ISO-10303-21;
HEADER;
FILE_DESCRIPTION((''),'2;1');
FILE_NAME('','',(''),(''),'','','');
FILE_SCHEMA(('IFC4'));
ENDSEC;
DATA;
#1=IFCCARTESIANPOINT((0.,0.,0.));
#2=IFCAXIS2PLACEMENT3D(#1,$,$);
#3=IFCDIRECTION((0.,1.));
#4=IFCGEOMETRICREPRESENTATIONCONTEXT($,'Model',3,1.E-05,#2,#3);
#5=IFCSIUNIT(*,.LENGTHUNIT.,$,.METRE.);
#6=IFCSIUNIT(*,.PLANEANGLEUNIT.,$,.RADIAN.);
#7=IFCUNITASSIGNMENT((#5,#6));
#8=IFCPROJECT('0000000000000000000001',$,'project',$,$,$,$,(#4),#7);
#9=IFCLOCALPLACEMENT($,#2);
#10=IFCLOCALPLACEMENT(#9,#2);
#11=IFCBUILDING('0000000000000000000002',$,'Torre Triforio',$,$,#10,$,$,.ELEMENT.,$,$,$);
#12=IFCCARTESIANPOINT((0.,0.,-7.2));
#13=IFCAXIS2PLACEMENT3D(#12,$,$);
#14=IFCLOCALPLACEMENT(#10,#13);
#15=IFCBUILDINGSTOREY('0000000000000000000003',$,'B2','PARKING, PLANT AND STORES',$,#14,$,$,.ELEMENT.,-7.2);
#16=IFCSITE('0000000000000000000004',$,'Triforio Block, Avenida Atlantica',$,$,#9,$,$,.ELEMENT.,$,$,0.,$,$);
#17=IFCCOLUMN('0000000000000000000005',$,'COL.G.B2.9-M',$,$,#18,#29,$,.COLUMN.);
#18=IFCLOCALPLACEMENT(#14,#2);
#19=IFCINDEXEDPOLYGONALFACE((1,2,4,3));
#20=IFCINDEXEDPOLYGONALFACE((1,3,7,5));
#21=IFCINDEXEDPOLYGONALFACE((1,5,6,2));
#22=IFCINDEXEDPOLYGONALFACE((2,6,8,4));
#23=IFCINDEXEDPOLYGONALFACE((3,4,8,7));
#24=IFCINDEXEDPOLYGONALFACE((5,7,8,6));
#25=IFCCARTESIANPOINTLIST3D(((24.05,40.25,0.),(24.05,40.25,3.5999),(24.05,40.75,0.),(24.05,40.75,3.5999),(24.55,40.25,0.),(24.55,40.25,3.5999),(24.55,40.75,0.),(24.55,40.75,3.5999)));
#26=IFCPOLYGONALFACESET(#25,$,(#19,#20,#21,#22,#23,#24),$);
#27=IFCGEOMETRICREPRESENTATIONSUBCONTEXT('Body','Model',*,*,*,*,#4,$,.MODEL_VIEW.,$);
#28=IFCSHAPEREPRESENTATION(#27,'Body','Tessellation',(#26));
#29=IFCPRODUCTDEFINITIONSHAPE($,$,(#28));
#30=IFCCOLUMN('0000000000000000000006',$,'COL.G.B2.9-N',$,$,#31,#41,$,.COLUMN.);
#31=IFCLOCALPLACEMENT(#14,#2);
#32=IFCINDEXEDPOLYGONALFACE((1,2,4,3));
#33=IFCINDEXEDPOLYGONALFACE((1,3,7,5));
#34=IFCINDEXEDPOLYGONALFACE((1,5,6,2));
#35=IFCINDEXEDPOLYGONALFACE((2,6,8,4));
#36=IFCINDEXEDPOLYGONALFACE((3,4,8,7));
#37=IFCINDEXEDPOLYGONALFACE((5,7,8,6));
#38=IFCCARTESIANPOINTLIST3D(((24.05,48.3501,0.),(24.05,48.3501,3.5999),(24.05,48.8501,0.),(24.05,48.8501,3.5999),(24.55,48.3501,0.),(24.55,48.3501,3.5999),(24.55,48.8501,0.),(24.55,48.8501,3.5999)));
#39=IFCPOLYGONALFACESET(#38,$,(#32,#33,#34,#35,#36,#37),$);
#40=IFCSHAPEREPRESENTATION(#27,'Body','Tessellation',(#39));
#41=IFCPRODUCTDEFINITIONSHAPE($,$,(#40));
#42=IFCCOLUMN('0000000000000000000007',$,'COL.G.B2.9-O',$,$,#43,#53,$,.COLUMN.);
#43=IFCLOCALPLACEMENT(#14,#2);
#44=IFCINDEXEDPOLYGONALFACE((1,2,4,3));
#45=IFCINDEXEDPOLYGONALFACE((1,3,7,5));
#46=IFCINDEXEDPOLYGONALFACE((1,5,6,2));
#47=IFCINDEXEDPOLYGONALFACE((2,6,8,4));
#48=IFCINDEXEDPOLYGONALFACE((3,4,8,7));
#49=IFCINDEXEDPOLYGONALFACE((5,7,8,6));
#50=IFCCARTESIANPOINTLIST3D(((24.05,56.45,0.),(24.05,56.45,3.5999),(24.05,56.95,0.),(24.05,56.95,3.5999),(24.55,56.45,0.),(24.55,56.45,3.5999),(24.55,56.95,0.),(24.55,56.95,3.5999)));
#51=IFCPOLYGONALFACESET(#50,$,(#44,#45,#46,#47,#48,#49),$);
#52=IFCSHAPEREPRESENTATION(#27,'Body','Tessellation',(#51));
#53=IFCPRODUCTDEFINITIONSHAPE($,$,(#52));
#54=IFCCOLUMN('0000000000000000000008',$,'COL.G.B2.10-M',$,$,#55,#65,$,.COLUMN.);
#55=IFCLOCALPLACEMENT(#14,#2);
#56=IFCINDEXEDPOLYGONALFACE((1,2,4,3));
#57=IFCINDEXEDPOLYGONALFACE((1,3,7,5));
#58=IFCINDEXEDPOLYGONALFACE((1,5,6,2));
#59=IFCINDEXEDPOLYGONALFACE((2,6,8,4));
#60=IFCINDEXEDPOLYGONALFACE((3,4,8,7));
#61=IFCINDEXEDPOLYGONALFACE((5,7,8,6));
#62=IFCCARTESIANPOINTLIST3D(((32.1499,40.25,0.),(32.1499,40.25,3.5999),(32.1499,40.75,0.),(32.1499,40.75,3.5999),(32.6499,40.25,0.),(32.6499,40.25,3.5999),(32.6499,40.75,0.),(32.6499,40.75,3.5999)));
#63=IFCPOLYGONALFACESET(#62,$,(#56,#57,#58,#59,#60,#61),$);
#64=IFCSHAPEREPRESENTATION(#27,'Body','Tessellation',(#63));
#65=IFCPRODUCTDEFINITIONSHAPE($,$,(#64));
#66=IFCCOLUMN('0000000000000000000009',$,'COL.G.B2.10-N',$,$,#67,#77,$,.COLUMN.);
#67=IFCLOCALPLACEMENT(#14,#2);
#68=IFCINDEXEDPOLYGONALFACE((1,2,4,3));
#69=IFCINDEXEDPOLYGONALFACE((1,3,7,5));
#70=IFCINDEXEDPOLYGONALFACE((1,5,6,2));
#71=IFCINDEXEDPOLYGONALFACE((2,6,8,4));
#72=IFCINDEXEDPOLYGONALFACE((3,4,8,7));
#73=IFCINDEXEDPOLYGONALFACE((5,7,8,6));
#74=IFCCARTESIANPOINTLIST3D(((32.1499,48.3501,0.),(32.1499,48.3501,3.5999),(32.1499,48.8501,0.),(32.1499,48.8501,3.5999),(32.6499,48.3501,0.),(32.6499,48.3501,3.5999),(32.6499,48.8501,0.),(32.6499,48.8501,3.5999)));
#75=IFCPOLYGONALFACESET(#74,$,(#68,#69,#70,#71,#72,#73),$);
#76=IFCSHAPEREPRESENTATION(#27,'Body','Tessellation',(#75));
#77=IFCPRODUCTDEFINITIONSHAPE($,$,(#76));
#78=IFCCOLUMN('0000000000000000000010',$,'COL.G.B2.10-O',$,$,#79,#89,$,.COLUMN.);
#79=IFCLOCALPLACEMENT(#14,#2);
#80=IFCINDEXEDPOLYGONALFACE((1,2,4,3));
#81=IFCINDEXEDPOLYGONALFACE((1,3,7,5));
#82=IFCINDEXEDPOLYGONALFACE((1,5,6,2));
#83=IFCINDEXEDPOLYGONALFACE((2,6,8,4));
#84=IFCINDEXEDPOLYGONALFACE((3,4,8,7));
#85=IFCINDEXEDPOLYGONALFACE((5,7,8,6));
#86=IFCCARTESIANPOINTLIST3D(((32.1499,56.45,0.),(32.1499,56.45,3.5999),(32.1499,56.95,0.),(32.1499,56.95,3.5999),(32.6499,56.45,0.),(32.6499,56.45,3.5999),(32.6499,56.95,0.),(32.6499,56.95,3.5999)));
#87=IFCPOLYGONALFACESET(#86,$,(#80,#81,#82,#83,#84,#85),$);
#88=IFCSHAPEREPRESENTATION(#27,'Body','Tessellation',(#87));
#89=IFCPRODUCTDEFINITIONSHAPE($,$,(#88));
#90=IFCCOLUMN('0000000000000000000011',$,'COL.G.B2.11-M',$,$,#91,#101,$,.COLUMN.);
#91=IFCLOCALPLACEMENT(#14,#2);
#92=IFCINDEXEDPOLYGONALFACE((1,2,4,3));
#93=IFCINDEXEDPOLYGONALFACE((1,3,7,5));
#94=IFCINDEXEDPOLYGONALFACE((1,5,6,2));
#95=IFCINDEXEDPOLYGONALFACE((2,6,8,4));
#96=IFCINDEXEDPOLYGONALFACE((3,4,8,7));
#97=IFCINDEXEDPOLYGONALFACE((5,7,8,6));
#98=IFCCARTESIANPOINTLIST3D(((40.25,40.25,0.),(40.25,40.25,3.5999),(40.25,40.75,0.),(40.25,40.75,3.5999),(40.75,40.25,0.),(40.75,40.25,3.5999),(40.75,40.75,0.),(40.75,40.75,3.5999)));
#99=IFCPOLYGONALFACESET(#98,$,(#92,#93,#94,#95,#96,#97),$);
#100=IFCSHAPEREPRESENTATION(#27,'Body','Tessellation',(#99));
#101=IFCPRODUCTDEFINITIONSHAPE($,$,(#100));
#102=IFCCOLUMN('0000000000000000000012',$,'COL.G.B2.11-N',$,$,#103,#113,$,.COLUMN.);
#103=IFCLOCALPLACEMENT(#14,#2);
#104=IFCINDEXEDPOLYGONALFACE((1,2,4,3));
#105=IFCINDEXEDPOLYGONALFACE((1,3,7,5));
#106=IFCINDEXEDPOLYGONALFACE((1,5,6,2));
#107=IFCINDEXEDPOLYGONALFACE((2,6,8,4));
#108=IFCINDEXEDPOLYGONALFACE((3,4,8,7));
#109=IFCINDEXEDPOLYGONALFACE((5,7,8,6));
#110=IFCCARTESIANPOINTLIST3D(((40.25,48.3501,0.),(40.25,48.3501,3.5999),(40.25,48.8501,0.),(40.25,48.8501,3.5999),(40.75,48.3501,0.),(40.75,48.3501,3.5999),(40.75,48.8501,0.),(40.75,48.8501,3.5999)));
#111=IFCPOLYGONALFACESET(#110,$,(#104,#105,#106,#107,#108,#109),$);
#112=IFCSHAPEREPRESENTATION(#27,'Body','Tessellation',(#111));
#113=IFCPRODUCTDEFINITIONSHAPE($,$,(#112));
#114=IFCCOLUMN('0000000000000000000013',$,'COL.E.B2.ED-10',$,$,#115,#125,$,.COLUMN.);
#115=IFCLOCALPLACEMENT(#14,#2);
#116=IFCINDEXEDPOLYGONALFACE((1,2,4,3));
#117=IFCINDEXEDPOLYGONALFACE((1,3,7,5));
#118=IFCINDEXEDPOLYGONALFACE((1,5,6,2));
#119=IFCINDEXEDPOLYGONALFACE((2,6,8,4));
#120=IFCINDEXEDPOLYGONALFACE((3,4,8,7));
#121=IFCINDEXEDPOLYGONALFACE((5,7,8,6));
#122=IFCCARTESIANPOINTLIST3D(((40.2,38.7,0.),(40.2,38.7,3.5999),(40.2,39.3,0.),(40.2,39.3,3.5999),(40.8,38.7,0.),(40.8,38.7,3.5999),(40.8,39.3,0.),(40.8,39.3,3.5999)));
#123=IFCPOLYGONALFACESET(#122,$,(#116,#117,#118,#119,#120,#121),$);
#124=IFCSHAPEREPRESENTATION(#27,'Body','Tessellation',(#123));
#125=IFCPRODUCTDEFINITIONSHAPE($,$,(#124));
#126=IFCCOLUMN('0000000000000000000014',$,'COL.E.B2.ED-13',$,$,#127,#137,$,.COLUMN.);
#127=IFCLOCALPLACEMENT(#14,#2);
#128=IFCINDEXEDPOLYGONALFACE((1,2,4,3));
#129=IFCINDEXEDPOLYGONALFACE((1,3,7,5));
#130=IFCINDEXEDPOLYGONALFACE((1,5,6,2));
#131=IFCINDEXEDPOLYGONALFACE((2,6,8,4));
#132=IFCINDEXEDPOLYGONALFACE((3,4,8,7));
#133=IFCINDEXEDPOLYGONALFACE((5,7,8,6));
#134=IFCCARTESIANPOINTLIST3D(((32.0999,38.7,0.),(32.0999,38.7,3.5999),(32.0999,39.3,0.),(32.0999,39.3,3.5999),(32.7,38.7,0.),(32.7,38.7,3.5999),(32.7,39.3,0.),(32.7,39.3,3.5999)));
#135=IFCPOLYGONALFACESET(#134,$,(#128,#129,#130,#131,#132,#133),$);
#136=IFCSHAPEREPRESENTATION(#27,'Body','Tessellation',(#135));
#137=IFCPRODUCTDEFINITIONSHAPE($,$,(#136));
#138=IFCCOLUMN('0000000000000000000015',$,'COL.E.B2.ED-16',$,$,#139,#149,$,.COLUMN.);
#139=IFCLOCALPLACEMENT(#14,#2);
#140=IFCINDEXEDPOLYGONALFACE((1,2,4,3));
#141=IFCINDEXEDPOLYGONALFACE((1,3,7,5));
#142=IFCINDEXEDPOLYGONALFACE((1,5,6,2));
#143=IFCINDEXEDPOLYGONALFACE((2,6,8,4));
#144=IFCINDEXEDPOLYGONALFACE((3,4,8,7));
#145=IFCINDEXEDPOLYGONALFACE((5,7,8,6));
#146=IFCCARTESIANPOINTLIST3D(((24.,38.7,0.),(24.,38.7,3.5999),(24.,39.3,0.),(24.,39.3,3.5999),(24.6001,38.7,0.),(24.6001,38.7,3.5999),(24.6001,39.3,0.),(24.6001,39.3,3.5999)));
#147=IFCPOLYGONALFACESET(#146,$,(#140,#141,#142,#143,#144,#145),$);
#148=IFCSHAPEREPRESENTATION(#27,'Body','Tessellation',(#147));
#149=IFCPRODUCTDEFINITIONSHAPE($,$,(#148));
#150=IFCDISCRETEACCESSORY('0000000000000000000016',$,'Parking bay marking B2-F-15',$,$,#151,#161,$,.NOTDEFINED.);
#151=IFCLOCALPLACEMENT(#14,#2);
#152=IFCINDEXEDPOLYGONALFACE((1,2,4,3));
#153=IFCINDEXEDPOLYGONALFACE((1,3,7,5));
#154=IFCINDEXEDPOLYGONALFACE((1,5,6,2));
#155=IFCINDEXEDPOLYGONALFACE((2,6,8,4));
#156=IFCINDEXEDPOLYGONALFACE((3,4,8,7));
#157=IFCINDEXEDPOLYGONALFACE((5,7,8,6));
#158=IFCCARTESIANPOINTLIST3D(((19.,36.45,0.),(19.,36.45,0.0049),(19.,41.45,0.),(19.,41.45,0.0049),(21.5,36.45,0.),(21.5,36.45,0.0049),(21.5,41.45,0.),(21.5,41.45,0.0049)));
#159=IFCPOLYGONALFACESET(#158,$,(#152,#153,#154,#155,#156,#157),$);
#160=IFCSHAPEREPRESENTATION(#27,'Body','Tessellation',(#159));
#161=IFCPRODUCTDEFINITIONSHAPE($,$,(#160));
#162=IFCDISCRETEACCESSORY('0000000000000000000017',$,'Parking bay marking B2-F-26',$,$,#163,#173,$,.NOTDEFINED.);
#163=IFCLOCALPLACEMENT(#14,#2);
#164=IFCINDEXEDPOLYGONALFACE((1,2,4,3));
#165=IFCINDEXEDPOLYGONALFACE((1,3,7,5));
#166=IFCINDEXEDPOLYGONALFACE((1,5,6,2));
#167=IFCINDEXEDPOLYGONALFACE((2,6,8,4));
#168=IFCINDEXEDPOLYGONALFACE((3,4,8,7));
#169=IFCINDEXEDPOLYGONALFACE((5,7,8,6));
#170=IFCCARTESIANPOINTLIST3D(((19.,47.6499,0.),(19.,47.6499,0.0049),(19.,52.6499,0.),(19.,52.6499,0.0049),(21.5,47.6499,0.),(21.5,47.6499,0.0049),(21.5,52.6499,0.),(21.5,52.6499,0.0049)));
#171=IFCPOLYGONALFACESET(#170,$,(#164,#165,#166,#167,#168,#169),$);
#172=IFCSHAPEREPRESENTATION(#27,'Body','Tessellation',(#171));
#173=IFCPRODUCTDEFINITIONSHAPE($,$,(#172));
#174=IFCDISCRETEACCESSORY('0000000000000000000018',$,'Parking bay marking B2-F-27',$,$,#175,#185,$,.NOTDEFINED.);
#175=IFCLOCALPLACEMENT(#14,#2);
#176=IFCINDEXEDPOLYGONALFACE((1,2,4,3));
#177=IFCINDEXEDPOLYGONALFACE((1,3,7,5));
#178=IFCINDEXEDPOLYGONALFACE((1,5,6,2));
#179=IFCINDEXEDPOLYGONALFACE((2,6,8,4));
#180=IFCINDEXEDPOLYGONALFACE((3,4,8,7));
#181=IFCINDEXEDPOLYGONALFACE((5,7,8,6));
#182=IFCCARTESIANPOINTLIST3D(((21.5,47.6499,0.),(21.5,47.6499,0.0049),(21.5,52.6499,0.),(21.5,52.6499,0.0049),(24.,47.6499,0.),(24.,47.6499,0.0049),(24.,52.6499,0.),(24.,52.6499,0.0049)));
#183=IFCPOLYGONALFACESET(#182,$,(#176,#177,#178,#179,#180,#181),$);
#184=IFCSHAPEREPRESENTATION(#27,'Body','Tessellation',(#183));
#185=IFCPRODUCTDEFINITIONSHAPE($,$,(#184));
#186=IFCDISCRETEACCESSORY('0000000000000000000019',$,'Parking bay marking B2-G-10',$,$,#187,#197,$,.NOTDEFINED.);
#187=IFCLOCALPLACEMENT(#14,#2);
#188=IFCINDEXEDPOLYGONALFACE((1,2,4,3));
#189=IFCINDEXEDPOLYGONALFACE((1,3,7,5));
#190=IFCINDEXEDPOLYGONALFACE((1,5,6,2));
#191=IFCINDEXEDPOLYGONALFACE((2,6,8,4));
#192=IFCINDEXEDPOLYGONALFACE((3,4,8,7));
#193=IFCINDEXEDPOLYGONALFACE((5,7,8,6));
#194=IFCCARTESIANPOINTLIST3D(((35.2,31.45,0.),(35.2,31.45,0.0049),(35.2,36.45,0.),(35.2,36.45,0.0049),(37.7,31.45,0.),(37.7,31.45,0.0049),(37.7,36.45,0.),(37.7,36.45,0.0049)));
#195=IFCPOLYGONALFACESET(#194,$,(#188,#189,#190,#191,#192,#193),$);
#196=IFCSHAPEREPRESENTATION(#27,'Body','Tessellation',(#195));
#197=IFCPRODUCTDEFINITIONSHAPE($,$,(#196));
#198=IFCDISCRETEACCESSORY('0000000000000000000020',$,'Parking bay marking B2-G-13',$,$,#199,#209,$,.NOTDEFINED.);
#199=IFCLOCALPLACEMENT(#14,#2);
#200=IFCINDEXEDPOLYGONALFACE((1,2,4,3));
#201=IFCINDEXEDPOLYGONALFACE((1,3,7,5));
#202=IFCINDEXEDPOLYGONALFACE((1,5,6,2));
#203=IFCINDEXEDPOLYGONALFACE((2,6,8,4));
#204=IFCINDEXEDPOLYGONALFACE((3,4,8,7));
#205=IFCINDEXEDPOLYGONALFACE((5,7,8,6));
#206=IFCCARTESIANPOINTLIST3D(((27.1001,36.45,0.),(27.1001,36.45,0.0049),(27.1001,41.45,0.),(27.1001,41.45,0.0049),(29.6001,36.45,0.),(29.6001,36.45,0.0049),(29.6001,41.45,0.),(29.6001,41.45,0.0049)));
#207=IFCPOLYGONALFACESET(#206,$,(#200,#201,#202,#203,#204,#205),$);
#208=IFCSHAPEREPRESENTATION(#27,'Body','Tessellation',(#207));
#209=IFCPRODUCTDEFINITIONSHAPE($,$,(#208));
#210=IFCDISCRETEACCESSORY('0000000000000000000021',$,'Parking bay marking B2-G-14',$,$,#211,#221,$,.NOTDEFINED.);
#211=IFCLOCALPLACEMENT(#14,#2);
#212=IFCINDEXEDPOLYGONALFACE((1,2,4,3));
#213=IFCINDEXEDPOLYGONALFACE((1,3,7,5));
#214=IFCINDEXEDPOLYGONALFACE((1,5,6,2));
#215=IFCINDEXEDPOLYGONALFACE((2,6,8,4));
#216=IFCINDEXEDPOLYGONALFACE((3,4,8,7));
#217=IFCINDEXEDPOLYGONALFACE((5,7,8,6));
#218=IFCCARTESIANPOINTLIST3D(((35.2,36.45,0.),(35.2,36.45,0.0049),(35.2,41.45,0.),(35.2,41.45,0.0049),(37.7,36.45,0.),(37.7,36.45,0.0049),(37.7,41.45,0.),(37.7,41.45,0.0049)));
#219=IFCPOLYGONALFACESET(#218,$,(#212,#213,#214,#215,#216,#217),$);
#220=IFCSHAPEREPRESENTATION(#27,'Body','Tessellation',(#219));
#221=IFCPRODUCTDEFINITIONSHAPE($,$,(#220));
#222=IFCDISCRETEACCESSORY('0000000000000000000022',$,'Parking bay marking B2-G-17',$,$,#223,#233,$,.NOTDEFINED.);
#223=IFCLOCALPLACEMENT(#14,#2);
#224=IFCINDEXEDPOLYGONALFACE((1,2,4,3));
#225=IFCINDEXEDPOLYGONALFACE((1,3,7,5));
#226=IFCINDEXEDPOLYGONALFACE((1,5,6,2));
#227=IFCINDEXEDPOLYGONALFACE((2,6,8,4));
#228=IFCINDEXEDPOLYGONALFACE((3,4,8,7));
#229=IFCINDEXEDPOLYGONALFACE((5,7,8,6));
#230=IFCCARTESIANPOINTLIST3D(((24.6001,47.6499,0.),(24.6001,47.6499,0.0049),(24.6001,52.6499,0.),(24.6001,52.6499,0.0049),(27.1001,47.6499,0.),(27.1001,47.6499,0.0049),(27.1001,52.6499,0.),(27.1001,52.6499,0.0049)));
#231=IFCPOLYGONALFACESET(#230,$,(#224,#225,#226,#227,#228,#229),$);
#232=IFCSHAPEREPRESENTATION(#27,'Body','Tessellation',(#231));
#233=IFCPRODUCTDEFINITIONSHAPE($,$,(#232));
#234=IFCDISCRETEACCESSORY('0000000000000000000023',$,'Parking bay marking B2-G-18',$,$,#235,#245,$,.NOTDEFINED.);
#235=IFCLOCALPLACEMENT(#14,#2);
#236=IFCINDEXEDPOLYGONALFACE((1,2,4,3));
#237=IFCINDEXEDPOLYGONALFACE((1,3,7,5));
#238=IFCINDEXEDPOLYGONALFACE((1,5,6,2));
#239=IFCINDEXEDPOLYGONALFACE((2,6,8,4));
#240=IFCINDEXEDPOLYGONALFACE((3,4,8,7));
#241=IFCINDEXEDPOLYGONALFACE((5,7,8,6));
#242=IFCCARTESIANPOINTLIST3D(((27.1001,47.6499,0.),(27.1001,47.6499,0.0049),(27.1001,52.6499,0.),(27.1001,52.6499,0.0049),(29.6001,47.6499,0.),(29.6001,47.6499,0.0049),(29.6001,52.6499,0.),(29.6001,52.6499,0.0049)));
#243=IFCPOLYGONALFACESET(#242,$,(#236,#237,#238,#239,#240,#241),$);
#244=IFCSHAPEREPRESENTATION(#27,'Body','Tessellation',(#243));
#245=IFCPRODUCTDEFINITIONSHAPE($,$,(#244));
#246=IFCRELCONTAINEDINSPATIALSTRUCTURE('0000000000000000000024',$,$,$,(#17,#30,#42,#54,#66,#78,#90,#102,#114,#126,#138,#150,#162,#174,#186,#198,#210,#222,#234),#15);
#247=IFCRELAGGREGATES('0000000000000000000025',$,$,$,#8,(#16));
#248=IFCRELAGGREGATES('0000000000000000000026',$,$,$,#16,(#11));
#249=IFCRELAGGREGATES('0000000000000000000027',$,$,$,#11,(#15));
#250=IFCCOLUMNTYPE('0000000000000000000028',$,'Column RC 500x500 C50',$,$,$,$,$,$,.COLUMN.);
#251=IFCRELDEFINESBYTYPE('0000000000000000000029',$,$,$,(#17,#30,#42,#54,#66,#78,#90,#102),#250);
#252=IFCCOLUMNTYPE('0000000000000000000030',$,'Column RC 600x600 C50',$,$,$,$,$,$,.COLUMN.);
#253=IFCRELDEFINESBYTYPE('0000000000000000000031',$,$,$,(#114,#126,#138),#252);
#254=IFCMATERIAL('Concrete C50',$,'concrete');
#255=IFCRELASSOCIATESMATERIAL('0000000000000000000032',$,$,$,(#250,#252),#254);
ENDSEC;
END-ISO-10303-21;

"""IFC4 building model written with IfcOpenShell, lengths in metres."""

from ifc_helpers import new_model, si_unit, direction, frame, origin, origin_2d, place, context, subcontext, project, spatial, rectangle, extrude, material, material_profile, profile_set, type_object, element, save


model = new_model("IFC4")

# Units and contexts
model_context = context("Model", 3, precision=1e-05, world=origin(), true_north=direction((0.0, 1.0)))
body_context = subcontext(model_context, "Body", "Model", "MODEL_VIEW")
ifc_project = project(units=[si_unit("LENGTHUNIT", "METRE"), si_unit("PLANEANGLEUNIT", "RADIAN")], contexts=[model_context])

# Site, building, storey
site_placement = place(None, origin())
site = spatial("IfcSite", under=ifc_project, at=site_placement, Name="Triforio Block, Avenida Atlantica", CompositionType="ELEMENT", RefElevation=0.0)
building_placement = place(site_placement, origin())
building = spatial("IfcBuilding", under=site, at=building_placement, Name="Torre Triforio", CompositionType="ELEMENT")
storey_placement = place(building_placement, frame((0.0, 0.0, -7.2)))
storey = spatial("IfcBuildingStorey", under=building, at=storey_placement, Name="B2", Description="PARKING, PLANT AND STORES", CompositionType="ELEMENT", Elevation=-7.2)

# Columns
ifc_material = material(Name="Concrete C50", Category="concrete")
ifc_material_profile_1 = material_profile(ifc_material, rectangle(XDim=0.5, YDim=0.5, at=origin_2d()), Name="RC 500x500")
ifc_profile_set_1 = profile_set([ifc_material_profile_1], Name="Concrete C50")
column_type_1 = type_object("IfcColumnType", Name="Column RC 500x500 C50", PredefinedType="COLUMN", material=ifc_profile_set_1)
for number, where, z_axis, x_axis, name in (
    (1, (24.3, 40.5, 0.0), (0.0, 0.0, 1.0), (1.0, 0.0, 0.0), "COL.G.B2.9-M"),
    (2, (24.3, 48.6001, 0.0), (0.0, 0.0, 1.0), (1.0, 0.0, 0.0), "COL.G.B2.9-N"),
    (3, (24.3, 56.7, 0.0), (0.0, 0.0, 1.0), (1.0, 0.0, 0.0), "COL.G.B2.9-O"),
    (4, (32.3999, 40.5, 0.0), (0.0, 0.0, 1.0), (1.0, 0.0, 0.0), "COL.G.B2.10-M"),
    (5, (32.3999, 48.6001, 0.0), (0.0, 0.0, 1.0), (1.0, 0.0, 0.0), "COL.G.B2.10-N"),
    (6, (32.3999, 56.7, 0.0), (0.0, 0.0, 1.0), (1.0, 0.0, 0.0), "COL.G.B2.10-O"),
    (7, (40.5, 40.5, 0.0), (0.0, 0.0, 1.0), (1.0, 0.0, 0.0), "COL.G.B2.11-M"),
    (8, (40.5, 48.6001, 0.0), (0.0, 0.0, 1.0), (1.0, 0.0, 0.0), "COL.G.B2.11-N"),
):
    element("IfcColumn", number, at=place(storey_placement, frame(where, z_axis=z_axis, x_axis=x_axis)), inside=storey, type_object=column_type_1, Name=name, PredefinedType="COLUMN", context=body_context, shape_type="SweptSolid", body=[
        extrude(rectangle(XDim=0.5, YDim=0.5, at=origin_2d()), origin(), (0.0, 0.0, 1.0), 3.5999),
    ])
ifc_material_profile_2 = material_profile(ifc_material, rectangle(XDim=0.6001, YDim=0.6001, at=origin_2d()), Name="RC 600x600")
ifc_profile_set_2 = profile_set([ifc_material_profile_2], Name="Concrete C50")
column_type_2 = type_object("IfcColumnType", Name="Column RC 600x600 C50", PredefinedType="COLUMN", material=ifc_profile_set_2)
for number, where, z_axis, x_axis, name in (
    (9, (40.5, 39.0, 0.0), (0.0, 0.0, 1.0), (1.0, 0.0, 0.0), "COL.E.B2.ED-10"),
    (10, (32.3999, 39.0, 0.0), (0.0, 0.0, 1.0), (1.0, 0.0, 0.0), "COL.E.B2.ED-13"),
    (11, (24.3, 39.0, 0.0), (0.0, 0.0, 1.0), (1.0, 0.0, 0.0), "COL.E.B2.ED-16"),
):
    element("IfcColumn", number, at=place(storey_placement, frame(where, z_axis=z_axis, x_axis=x_axis)), inside=storey, type_object=column_type_2, Name=name, PredefinedType="COLUMN", context=body_context, shape_type="SweptSolid", body=[
        extrude(rectangle(XDim=0.6001, YDim=0.6001, at=origin_2d()), origin(), (0.0, 0.0, 1.0), 3.5999),
    ])

# Discrete accessories
for number, where, z_axis, x_axis, name in (
    (12, (20.25, 38.95, 0.0), (0.0, 0.0, 1.0), (1.0, 0.0, 0.0), "Parking bay marking B2-F-15"),
    (13, (20.25, 50.1499, 0.0), (0.0, 0.0, 1.0), (1.0, 0.0, 0.0), "Parking bay marking B2-F-26"),
    (14, (22.75, 50.1499, 0.0), (0.0, 0.0, 1.0), (1.0, 0.0, 0.0), "Parking bay marking B2-F-27"),
    (15, (36.45, 33.95, 0.0), (0.0, 0.0, 1.0), (1.0, 0.0, 0.0), "Parking bay marking B2-G-10"),
    (16, (28.3501, 38.95, 0.0), (0.0, 0.0, 1.0), (1.0, 0.0, 0.0), "Parking bay marking B2-G-13"),
    (17, (36.45, 38.95, 0.0), (0.0, 0.0, 1.0), (1.0, 0.0, 0.0), "Parking bay marking B2-G-14"),
    (18, (25.8501, 50.1499, 0.0), (0.0, 0.0, 1.0), (1.0, 0.0, 0.0), "Parking bay marking B2-G-17"),
    (19, (28.3501, 50.1499, 0.0), (0.0, 0.0, 1.0), (1.0, 0.0, 0.0), "Parking bay marking B2-G-18"),
):
    element("IfcDiscreteAccessory", number, at=place(storey_placement, frame(where, z_axis=z_axis, x_axis=x_axis)), inside=storey, Name=name, PredefinedType="NOTDEFINED", context=body_context, shape_type="SweptSolid", body=[
        extrude(rectangle(XDim=2.5, YDim=5.0, at=origin_2d()), origin(), (0.0, 0.0, 1.0), 0.0049),
    ])

save(model, "model.ifc")
